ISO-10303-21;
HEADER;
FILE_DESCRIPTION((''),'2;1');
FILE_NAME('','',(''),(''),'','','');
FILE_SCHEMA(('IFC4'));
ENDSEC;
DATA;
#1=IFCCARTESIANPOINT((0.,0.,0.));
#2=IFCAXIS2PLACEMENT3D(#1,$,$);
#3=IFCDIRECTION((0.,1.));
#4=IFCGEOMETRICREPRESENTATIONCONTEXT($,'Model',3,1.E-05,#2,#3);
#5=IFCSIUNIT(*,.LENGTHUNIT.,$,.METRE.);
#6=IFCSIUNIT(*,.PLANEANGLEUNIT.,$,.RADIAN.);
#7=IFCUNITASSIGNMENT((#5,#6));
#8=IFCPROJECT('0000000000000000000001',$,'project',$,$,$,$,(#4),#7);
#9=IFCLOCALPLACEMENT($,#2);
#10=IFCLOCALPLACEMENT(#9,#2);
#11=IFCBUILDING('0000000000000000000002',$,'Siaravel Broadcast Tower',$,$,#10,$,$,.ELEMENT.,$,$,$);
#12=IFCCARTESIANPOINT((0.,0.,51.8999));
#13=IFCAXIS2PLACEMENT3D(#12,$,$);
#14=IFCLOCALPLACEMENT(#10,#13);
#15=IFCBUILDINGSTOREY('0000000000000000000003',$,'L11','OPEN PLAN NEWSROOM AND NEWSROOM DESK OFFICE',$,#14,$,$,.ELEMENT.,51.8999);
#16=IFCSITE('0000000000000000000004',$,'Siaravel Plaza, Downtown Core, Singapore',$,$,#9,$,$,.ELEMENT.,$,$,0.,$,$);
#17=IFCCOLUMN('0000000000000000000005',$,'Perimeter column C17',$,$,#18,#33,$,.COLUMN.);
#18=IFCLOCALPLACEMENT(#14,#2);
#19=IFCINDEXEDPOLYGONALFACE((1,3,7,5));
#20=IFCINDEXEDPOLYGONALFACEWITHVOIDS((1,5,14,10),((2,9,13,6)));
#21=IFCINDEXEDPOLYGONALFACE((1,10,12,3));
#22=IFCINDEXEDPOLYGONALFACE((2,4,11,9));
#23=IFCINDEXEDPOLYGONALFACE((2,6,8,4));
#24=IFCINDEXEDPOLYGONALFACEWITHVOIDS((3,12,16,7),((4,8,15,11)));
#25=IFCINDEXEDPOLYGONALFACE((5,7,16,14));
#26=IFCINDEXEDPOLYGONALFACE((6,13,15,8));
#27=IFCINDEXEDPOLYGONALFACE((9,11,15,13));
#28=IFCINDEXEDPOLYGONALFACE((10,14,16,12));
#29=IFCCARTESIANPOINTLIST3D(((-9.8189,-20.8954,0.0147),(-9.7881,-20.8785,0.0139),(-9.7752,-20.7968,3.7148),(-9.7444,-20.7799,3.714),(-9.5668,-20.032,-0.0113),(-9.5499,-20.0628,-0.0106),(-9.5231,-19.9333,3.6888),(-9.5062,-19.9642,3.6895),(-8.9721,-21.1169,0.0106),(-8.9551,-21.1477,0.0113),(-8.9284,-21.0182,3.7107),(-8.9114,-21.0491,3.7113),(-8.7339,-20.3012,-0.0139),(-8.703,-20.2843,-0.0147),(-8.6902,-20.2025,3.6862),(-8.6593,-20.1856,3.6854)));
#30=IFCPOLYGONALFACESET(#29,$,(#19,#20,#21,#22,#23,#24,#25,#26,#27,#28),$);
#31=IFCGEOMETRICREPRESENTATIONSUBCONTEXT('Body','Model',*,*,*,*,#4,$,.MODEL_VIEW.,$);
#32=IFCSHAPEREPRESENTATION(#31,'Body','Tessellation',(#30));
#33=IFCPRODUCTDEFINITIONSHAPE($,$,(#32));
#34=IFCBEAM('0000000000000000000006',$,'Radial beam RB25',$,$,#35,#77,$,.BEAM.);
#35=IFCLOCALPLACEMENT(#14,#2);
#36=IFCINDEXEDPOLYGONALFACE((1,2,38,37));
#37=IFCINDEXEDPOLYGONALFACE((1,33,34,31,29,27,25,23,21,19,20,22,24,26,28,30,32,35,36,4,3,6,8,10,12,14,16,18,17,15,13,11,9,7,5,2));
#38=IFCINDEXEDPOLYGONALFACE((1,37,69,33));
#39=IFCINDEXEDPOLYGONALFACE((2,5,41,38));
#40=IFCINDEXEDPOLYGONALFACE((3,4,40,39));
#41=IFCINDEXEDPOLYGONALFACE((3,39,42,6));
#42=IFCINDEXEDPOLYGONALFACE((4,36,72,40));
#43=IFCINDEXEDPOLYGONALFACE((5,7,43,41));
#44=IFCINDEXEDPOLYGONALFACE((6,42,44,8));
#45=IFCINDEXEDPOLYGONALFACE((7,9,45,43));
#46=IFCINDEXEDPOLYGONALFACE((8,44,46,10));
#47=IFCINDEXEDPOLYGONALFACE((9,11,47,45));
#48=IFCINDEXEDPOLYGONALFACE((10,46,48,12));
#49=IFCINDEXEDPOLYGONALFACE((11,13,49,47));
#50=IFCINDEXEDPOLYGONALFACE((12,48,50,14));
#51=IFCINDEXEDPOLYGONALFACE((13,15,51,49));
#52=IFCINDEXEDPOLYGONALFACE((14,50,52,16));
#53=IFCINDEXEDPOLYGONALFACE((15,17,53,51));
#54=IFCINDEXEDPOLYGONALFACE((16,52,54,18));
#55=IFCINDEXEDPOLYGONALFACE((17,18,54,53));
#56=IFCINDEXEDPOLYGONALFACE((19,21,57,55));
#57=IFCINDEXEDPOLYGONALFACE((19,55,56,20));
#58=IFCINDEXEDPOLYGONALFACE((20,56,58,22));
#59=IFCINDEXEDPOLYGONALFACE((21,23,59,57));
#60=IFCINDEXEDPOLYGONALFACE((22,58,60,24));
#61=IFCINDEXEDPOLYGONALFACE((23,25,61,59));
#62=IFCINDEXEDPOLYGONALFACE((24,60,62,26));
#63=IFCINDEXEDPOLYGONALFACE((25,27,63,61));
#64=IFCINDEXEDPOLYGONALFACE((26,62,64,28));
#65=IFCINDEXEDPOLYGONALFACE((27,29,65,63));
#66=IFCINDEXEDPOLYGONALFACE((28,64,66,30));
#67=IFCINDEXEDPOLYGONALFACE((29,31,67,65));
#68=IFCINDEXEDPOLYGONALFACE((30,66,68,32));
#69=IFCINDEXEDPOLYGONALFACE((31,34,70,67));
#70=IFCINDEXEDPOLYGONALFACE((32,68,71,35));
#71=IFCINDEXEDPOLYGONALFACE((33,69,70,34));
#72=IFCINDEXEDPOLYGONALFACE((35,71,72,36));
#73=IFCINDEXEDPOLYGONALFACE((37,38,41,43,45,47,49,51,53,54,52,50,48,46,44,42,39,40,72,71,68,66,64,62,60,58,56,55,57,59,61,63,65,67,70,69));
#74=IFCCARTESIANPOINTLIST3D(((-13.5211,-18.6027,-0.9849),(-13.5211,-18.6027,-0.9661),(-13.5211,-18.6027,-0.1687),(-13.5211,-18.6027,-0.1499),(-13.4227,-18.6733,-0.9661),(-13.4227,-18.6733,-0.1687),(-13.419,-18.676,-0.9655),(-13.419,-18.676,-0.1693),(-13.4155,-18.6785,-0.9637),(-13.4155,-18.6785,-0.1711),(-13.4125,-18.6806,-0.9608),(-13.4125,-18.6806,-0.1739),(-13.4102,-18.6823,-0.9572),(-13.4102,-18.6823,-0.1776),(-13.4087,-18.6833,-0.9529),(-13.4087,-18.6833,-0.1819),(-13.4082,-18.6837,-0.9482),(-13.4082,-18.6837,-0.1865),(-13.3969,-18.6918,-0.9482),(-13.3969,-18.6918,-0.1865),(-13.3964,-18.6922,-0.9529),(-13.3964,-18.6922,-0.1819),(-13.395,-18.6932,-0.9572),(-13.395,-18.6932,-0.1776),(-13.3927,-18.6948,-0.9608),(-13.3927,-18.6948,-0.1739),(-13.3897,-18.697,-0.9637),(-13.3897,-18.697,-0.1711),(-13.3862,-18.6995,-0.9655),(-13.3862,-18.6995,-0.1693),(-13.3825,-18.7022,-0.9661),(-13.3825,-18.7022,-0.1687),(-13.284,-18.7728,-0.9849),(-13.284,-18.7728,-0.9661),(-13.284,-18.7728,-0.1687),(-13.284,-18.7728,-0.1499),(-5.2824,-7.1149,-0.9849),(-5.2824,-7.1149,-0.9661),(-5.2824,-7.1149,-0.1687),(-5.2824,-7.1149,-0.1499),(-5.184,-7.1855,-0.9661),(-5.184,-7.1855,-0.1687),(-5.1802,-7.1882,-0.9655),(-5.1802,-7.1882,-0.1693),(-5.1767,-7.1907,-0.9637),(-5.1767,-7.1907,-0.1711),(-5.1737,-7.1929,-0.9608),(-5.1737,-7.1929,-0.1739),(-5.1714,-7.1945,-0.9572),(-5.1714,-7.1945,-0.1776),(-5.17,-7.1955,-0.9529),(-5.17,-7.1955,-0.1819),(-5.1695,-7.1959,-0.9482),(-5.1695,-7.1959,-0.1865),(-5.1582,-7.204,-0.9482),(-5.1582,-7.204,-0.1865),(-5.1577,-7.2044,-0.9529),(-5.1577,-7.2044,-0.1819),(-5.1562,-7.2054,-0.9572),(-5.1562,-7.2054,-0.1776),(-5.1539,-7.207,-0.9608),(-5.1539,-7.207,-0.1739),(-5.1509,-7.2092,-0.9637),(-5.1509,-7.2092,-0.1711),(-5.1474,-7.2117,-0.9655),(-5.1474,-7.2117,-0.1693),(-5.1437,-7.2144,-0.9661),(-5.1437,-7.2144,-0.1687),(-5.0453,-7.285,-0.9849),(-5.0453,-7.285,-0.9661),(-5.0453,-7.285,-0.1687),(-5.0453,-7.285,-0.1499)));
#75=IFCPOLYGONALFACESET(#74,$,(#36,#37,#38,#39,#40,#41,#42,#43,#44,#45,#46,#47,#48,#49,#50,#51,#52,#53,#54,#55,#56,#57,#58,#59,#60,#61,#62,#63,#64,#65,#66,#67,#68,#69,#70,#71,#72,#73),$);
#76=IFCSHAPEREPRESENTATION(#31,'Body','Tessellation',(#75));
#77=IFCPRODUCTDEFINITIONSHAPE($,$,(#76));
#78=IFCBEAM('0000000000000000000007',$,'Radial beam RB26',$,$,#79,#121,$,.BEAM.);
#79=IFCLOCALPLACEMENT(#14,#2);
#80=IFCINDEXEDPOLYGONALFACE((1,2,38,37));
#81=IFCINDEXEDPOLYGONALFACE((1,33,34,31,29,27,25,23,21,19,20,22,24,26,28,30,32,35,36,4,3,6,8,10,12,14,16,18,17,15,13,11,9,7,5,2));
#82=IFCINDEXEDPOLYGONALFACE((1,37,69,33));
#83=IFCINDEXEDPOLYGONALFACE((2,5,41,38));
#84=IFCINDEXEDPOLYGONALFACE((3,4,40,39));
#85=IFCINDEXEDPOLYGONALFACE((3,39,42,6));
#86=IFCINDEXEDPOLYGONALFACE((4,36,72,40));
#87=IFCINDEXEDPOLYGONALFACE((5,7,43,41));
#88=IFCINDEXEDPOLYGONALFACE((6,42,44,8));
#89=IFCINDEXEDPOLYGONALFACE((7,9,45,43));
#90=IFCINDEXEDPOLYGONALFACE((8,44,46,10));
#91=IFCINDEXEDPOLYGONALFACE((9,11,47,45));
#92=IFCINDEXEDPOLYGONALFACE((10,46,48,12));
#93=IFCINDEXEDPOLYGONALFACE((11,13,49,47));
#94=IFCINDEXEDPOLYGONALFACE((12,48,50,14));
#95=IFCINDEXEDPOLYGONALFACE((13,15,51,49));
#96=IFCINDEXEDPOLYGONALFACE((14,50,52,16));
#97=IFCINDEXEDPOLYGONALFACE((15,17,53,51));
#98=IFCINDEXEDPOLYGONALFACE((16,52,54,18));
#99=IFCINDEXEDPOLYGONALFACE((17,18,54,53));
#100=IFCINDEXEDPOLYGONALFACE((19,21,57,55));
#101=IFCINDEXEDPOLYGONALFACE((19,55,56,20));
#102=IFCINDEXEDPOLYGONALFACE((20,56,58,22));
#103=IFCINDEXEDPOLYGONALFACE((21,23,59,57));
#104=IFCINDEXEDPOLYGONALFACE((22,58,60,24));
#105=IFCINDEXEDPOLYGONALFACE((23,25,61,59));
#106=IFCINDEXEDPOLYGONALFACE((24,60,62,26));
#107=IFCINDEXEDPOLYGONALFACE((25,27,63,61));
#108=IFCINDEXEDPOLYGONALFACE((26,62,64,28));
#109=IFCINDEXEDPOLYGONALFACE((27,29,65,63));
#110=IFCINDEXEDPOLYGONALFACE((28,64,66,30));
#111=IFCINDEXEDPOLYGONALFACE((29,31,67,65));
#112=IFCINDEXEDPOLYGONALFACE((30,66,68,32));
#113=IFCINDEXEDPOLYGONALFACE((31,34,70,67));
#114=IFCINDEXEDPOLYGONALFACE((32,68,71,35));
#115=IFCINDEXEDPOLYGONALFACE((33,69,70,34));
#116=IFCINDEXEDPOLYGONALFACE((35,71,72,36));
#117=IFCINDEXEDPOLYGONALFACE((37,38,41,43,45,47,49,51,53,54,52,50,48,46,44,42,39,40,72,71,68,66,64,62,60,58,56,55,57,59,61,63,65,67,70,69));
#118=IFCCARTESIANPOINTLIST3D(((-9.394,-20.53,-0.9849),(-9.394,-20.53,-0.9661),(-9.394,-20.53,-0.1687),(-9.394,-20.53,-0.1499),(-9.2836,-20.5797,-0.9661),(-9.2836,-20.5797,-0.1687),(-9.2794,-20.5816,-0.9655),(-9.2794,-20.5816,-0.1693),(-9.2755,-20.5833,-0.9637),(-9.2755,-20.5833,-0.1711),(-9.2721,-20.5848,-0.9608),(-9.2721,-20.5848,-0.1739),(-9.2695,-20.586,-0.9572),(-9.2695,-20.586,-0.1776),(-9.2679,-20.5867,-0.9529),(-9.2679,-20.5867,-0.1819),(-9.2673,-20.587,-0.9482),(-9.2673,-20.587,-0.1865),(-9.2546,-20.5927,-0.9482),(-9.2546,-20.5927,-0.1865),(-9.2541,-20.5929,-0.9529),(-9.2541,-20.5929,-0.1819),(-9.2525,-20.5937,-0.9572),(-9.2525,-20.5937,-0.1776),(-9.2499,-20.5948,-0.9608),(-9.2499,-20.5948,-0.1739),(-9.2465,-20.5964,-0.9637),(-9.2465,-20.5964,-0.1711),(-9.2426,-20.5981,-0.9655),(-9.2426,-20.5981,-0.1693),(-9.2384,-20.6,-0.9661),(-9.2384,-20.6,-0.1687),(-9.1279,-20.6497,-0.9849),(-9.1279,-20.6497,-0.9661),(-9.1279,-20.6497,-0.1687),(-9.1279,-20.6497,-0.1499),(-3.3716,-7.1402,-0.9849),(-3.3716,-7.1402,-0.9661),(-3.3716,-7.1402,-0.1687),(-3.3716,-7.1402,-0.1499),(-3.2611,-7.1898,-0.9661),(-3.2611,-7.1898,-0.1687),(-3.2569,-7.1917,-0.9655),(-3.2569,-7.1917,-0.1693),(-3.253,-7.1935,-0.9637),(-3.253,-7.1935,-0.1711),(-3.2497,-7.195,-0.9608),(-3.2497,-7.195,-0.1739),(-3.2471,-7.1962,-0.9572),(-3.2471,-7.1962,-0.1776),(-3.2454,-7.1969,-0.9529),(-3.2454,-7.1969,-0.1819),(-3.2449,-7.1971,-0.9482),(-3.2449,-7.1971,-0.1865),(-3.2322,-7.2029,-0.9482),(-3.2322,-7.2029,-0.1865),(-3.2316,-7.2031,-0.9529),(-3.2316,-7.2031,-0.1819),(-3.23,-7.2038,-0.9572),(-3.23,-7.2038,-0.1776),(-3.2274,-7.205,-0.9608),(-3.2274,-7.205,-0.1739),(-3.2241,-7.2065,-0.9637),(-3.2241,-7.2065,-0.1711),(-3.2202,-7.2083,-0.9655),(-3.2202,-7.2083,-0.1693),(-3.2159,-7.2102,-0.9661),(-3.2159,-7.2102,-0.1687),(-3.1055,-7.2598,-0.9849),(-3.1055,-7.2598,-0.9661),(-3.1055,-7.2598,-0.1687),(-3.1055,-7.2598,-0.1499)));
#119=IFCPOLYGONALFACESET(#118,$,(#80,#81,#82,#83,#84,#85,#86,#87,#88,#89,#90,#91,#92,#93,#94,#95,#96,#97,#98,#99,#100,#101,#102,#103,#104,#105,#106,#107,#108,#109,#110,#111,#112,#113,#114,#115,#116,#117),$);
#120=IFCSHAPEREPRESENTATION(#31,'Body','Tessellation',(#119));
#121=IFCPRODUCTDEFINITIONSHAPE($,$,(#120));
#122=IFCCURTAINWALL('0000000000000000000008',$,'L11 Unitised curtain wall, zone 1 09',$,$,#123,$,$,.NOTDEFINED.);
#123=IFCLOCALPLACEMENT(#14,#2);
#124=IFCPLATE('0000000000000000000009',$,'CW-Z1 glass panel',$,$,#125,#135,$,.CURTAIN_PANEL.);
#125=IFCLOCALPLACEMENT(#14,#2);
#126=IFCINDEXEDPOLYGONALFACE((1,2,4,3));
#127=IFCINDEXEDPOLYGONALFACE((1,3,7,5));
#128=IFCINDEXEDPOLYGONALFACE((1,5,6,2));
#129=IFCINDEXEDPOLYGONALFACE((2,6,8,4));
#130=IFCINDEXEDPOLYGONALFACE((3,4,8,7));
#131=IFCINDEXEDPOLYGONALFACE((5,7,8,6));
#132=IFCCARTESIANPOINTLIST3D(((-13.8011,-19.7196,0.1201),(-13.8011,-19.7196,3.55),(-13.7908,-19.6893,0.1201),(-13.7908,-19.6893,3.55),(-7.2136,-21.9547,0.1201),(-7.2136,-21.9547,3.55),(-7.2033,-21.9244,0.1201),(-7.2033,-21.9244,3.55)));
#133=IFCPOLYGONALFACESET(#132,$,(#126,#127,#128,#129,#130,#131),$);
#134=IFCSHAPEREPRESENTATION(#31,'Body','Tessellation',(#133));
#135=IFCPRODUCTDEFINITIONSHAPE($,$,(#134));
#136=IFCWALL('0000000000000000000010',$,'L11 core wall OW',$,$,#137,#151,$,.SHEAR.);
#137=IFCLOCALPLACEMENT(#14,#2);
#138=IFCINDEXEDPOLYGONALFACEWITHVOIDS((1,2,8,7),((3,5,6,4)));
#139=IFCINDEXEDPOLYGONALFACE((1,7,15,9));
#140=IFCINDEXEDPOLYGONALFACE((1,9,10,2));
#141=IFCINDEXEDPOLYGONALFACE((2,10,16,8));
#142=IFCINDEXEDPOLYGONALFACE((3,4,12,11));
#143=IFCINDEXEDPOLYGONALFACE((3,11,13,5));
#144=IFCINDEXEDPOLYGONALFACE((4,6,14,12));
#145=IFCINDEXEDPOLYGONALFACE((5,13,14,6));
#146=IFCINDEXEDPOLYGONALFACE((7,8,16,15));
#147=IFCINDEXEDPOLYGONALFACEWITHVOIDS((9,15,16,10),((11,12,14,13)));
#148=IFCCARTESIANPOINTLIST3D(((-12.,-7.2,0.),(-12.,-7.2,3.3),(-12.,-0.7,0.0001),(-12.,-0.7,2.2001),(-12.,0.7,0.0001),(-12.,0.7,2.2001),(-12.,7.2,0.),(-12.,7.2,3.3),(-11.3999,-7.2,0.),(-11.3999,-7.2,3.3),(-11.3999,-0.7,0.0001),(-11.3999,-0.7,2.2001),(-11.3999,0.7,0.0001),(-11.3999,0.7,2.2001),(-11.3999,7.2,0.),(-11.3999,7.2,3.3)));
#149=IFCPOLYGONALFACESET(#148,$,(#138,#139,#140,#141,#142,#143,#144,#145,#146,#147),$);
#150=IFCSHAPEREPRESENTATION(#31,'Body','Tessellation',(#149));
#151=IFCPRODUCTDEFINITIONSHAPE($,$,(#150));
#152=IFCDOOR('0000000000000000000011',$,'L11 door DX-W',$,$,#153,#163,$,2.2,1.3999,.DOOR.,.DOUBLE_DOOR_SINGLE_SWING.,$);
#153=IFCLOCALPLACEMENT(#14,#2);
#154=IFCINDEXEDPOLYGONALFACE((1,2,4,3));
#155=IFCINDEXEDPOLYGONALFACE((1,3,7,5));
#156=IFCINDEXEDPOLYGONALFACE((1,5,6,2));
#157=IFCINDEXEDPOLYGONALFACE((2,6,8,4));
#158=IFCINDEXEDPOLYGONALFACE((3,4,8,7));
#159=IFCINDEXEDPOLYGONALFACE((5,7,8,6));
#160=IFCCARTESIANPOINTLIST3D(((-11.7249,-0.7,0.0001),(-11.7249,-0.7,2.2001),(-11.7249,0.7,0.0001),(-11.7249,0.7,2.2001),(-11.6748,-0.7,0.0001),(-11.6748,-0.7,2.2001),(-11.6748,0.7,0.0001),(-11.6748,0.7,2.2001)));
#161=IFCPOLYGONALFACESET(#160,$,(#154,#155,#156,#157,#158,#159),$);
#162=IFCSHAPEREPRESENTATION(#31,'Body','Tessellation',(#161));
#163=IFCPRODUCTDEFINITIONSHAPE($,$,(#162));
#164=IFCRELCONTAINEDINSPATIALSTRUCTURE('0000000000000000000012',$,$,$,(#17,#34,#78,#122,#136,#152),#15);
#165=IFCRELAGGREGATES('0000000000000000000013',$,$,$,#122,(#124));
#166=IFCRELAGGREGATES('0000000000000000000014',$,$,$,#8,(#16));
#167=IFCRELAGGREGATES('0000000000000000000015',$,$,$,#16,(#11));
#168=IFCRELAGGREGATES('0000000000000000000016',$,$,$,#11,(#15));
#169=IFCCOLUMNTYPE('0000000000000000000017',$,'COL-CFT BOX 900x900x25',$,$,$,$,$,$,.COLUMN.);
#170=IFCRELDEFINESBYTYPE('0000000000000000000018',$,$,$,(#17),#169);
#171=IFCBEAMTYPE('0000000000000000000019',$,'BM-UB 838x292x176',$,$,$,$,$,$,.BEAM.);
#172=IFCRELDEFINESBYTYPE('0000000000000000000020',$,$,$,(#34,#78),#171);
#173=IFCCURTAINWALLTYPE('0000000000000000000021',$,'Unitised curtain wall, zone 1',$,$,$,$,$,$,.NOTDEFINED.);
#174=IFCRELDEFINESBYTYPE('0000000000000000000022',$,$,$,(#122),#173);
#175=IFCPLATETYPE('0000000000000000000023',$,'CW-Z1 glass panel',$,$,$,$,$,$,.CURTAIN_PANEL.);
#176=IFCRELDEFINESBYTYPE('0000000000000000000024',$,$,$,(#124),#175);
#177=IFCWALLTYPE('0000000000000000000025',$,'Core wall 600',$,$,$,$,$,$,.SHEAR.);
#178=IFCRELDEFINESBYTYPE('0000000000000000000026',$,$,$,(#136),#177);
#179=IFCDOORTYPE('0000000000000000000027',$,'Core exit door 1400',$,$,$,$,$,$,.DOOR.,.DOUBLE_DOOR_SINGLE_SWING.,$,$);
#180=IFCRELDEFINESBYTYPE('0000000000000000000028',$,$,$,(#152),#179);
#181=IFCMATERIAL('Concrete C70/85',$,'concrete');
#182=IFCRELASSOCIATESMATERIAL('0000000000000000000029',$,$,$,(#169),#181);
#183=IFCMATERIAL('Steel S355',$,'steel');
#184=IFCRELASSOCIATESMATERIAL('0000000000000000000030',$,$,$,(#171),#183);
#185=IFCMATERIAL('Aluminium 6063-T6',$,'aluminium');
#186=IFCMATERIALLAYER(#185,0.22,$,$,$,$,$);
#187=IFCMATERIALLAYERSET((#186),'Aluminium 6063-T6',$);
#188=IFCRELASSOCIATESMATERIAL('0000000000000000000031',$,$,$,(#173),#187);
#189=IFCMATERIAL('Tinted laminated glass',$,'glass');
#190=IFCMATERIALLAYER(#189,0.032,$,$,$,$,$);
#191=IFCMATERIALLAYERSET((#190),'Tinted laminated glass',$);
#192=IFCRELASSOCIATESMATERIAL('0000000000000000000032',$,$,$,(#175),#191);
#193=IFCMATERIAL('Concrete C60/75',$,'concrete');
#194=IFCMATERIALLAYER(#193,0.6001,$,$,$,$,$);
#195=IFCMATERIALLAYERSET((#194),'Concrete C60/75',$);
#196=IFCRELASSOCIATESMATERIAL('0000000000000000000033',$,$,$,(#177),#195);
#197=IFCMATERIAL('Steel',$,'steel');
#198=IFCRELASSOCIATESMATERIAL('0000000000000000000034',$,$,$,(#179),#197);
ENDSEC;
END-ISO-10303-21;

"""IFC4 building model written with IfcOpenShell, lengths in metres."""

from ifc_helpers import new_model, si_unit, direction, frame, frame_2d, origin, origin_2d, place, context, subcontext, project, spatial, rectangle, hollow_rectangle, i_section, extrude, material, layer, layer_set, material_profile, profile_set, type_object, element, fill, aggregate, save


model = new_model("IFC4")

# Units and contexts
model_context = context("Model", 3, precision=1e-05, world=origin(), true_north=direction((0.0, 1.0)))
body_context = subcontext(model_context, "Body", "Model", "MODEL_VIEW")
ifc_project = project(units=[si_unit("LENGTHUNIT", "METRE"), si_unit("PLANEANGLEUNIT", "RADIAN")], contexts=[model_context])

# Site, building, storey
site_placement = place(None, origin())
site = spatial("IfcSite", under=ifc_project, at=site_placement, Name="Siaravel Plaza, Downtown Core, Singapore", CompositionType="ELEMENT", RefElevation=0.0)
building_placement = place(site_placement, origin())
building = spatial("IfcBuilding", under=site, at=building_placement, Name="Siaravel Broadcast Tower", CompositionType="ELEMENT")
storey_placement = place(building_placement, frame((0.0, 0.0, 51.8999)))
storey = spatial("IfcBuildingStorey", under=building, at=storey_placement, Name="L11", Description="OPEN PLAN NEWSROOM AND NEWSROOM DESK OFFICE", CompositionType="ELEMENT", Elevation=51.8999)

# Column
ifc_material_1 = material(Name="Concrete C70/85", Category="concrete")
ifc_material_profile_1 = material_profile(ifc_material_1, hollow_rectangle(XDim=0.8999, YDim=0.8999, WallThickness=0.0249, at=origin_2d()))
ifc_profile_set_1 = profile_set([ifc_material_profile_1], Name="Concrete C70/85")
column_type = type_object("IfcColumnType", Name="COL-CFT BOX 900x900x25", PredefinedType="COLUMN", material=ifc_profile_set_1)
column_placement = place(storey_placement, frame((-9.261, -20.5898, 0.0), z_axis=(0.011805, 0.026645, 0.999575), x_axis=(-0.959882, 0.280377, 0.003863)))
element("IfcColumn", 1, at=column_placement, inside=storey, type_object=column_type, Name="Perimeter column C17", PredefinedType="COLUMN", context=body_context, shape_type="SweptSolid", body=[
    extrude(hollow_rectangle(XDim=0.8999, YDim=0.8999, WallThickness=0.0249, at=origin_2d()), origin(), (0.0, 0.0, 1.0), 3.7017),
])

# Beams
ifc_material_2 = material(Name="Steel S355", Category="steel")
ifc_material_profile_2 = material_profile(ifc_material_2, i_section(OverallWidth=0.2917, OverallDepth=0.835, WebThickness=0.0139, FlangeThickness=0.0188, FilletRadius=0.0178, at=origin_2d()))
ifc_profile_set_2 = profile_set([ifc_material_profile_2], Name="Steel S355")
beam_type = type_object("IfcBeamType", Name="BM-UB 838x292x176", PredefinedType="BEAM", material=ifc_profile_set_2)
beam_1_placement = place(storey_placement, frame((-13.4026, -18.6877, -0.5674), z_axis=(0.582792, 0.812621, 0.0), x_axis=(-0.812621, 0.582792, 0.0)))
element("IfcBeam", 2, at=beam_1_placement, inside=storey, type_object=beam_type, Name="Radial beam RB25", PredefinedType="BEAM", context=body_context, shape_type="SweptSolid", body=[
    extrude(i_section(OverallWidth=0.2917, OverallDepth=0.835, WebThickness=0.0139, FlangeThickness=0.0188, FilletRadius=0.0178, at=origin_2d()), origin(), (0.0, 0.0, 1.0), 14.1367),
])
beam_2_placement = place(storey_placement, frame((-9.261, -20.5898, -0.5674), z_axis=(0.410195, 0.911998, 0.0), x_axis=(-0.911998, 0.410195, 0.0)))
element("IfcBeam", 3, at=beam_2_placement, inside=storey, type_object=beam_type, Name="Radial beam RB26", PredefinedType="BEAM", context=body_context, shape_type="SweptSolid", body=[
    extrude(i_section(OverallWidth=0.2917, OverallDepth=0.835, WebThickness=0.0139, FlangeThickness=0.0188, FilletRadius=0.0178, at=origin_2d()), origin(), (0.0, 0.0, 1.0), 14.6819),
])

# Curtain wall, plate
ifc_material_3 = material(Name="Aluminium 6063-T6", Category="aluminium")
ifc_layer_1 = layer(ifc_material_3, 0.22)
ifc_layer_set_1 = layer_set([ifc_layer_1], Name="Aluminium 6063-T6")
curtain_wall_type = type_object("IfcCurtainWallType", Name="Unitised curtain wall, zone 1", PredefinedType="NOTDEFINED", material=ifc_layer_set_1)
curtain_wall_placement = place(storey_placement, origin())
curtain_wall = element("IfcCurtainWall", 4, at=curtain_wall_placement, inside=storey, type_object=curtain_wall_type, Name="L11 Unitised curtain wall, zone 1 09", PredefinedType="NOTDEFINED")
ifc_material_4 = material(Name="Tinted laminated glass", Category="glass")
ifc_layer_2 = layer(ifc_material_4, 0.032)
ifc_layer_set_2 = layer_set([ifc_layer_2], Name="Tinted laminated glass")
plate_type = type_object("IfcPlateType", Name="CW-Z1 glass panel", PredefinedType="CURTAIN_PANEL", material=ifc_layer_set_2)
plate_placement = place(storey_placement, frame((-10.5022, -20.822, 0.1201), z_axis=(0.0, 0.0, 1.0), x_axis=(0.946977, -0.321301, 0.0)))
plate = element("IfcPlate", 5, at=plate_placement, type_object=plate_type, Name="CW-Z1 glass panel", PredefinedType="CURTAIN_PANEL", context=body_context, shape_type="SweptSolid", body=[
    extrude(rectangle(XDim=6.9563, YDim=0.032, at=origin_2d()), origin(), (0.0, 0.0, 1.0), 3.4299),
])
aggregate(curtain_wall, [plate])

# Wall, opening, door
ifc_material_5 = material(Name="Concrete C60/75", Category="concrete")
ifc_layer_3 = layer(ifc_material_5, 0.6001)
ifc_layer_set_3 = layer_set([ifc_layer_3], Name="Concrete C60/75")
wall_type_1 = type_object("IfcWallType", Name="Core wall 600", PredefinedType="SHEAR", material=ifc_layer_set_3)
wall_1_placement = place(storey_placement, frame((-11.7, -7.2, 0.0), z_axis=(0.0, 0.0, 1.0), x_axis=(0.0, 1.0, 0.0)))
wall_1 = element("IfcWall", 6, at=wall_1_placement, inside=storey, type_object=wall_type_1, Name="L11 core wall OW", PredefinedType="SHEAR", context=body_context, shape_type="SweptSolid", body=[
    extrude(rectangle(XDim=14.3999, YDim=0.6001, at=frame_2d((7.2, 0.0))), origin(), (0.0, 0.0, 1.0), 3.3),
])
opening_1_placement = place(wall_1_placement, frame((6.5, 0.0, 0.0)))
opening_1 = element("IfcOpeningElement", 7, at=opening_1_placement, cuts=wall_1, PredefinedType="OPENING", context=body_context, shape_type="SweptSolid", body=[
    extrude(rectangle(XDim=1.3999, YDim=2.2, at=frame_2d((0.7, 1.1001))), frame((0.0, 0.3101, 0.0), z_axis=(0.0, -1.0, 0.0), x_axis=(1.0, 0.0, 0.0)), (0.0, 0.0, 1.0), 0.6201),
])
ifc_material_6 = material(Name="Steel", Category="steel")
door_type_1 = type_object("IfcDoorType", Name="Core exit door 1400", OperationType="DOUBLE_DOOR_SINGLE_SWING", PredefinedType="DOOR", material=ifc_material_6)
door_1_placement = place(opening_1_placement, origin())
door_1 = element("IfcDoor", 8, at=door_1_placement, inside=storey, type_object=door_type_1, Name="L11 door DX-W", OperationType="DOUBLE_DOOR_SINGLE_SWING", OverallHeight=2.2, OverallWidth=1.3999, PredefinedType="DOOR", context=body_context, shape_type="SweptSolid", body=[
    extrude(rectangle(XDim=1.3999, YDim=2.2, at=frame_2d((0.7, 1.1001))), frame((0.0, 0.0249, 0.0), z_axis=(0.0, -1.0, 0.0), x_axis=(1.0, 0.0, 0.0)), (0.0, 0.0, 1.0), 0.05),
])
fill(opening_1, door_1)

save(model, "model.ifc")
